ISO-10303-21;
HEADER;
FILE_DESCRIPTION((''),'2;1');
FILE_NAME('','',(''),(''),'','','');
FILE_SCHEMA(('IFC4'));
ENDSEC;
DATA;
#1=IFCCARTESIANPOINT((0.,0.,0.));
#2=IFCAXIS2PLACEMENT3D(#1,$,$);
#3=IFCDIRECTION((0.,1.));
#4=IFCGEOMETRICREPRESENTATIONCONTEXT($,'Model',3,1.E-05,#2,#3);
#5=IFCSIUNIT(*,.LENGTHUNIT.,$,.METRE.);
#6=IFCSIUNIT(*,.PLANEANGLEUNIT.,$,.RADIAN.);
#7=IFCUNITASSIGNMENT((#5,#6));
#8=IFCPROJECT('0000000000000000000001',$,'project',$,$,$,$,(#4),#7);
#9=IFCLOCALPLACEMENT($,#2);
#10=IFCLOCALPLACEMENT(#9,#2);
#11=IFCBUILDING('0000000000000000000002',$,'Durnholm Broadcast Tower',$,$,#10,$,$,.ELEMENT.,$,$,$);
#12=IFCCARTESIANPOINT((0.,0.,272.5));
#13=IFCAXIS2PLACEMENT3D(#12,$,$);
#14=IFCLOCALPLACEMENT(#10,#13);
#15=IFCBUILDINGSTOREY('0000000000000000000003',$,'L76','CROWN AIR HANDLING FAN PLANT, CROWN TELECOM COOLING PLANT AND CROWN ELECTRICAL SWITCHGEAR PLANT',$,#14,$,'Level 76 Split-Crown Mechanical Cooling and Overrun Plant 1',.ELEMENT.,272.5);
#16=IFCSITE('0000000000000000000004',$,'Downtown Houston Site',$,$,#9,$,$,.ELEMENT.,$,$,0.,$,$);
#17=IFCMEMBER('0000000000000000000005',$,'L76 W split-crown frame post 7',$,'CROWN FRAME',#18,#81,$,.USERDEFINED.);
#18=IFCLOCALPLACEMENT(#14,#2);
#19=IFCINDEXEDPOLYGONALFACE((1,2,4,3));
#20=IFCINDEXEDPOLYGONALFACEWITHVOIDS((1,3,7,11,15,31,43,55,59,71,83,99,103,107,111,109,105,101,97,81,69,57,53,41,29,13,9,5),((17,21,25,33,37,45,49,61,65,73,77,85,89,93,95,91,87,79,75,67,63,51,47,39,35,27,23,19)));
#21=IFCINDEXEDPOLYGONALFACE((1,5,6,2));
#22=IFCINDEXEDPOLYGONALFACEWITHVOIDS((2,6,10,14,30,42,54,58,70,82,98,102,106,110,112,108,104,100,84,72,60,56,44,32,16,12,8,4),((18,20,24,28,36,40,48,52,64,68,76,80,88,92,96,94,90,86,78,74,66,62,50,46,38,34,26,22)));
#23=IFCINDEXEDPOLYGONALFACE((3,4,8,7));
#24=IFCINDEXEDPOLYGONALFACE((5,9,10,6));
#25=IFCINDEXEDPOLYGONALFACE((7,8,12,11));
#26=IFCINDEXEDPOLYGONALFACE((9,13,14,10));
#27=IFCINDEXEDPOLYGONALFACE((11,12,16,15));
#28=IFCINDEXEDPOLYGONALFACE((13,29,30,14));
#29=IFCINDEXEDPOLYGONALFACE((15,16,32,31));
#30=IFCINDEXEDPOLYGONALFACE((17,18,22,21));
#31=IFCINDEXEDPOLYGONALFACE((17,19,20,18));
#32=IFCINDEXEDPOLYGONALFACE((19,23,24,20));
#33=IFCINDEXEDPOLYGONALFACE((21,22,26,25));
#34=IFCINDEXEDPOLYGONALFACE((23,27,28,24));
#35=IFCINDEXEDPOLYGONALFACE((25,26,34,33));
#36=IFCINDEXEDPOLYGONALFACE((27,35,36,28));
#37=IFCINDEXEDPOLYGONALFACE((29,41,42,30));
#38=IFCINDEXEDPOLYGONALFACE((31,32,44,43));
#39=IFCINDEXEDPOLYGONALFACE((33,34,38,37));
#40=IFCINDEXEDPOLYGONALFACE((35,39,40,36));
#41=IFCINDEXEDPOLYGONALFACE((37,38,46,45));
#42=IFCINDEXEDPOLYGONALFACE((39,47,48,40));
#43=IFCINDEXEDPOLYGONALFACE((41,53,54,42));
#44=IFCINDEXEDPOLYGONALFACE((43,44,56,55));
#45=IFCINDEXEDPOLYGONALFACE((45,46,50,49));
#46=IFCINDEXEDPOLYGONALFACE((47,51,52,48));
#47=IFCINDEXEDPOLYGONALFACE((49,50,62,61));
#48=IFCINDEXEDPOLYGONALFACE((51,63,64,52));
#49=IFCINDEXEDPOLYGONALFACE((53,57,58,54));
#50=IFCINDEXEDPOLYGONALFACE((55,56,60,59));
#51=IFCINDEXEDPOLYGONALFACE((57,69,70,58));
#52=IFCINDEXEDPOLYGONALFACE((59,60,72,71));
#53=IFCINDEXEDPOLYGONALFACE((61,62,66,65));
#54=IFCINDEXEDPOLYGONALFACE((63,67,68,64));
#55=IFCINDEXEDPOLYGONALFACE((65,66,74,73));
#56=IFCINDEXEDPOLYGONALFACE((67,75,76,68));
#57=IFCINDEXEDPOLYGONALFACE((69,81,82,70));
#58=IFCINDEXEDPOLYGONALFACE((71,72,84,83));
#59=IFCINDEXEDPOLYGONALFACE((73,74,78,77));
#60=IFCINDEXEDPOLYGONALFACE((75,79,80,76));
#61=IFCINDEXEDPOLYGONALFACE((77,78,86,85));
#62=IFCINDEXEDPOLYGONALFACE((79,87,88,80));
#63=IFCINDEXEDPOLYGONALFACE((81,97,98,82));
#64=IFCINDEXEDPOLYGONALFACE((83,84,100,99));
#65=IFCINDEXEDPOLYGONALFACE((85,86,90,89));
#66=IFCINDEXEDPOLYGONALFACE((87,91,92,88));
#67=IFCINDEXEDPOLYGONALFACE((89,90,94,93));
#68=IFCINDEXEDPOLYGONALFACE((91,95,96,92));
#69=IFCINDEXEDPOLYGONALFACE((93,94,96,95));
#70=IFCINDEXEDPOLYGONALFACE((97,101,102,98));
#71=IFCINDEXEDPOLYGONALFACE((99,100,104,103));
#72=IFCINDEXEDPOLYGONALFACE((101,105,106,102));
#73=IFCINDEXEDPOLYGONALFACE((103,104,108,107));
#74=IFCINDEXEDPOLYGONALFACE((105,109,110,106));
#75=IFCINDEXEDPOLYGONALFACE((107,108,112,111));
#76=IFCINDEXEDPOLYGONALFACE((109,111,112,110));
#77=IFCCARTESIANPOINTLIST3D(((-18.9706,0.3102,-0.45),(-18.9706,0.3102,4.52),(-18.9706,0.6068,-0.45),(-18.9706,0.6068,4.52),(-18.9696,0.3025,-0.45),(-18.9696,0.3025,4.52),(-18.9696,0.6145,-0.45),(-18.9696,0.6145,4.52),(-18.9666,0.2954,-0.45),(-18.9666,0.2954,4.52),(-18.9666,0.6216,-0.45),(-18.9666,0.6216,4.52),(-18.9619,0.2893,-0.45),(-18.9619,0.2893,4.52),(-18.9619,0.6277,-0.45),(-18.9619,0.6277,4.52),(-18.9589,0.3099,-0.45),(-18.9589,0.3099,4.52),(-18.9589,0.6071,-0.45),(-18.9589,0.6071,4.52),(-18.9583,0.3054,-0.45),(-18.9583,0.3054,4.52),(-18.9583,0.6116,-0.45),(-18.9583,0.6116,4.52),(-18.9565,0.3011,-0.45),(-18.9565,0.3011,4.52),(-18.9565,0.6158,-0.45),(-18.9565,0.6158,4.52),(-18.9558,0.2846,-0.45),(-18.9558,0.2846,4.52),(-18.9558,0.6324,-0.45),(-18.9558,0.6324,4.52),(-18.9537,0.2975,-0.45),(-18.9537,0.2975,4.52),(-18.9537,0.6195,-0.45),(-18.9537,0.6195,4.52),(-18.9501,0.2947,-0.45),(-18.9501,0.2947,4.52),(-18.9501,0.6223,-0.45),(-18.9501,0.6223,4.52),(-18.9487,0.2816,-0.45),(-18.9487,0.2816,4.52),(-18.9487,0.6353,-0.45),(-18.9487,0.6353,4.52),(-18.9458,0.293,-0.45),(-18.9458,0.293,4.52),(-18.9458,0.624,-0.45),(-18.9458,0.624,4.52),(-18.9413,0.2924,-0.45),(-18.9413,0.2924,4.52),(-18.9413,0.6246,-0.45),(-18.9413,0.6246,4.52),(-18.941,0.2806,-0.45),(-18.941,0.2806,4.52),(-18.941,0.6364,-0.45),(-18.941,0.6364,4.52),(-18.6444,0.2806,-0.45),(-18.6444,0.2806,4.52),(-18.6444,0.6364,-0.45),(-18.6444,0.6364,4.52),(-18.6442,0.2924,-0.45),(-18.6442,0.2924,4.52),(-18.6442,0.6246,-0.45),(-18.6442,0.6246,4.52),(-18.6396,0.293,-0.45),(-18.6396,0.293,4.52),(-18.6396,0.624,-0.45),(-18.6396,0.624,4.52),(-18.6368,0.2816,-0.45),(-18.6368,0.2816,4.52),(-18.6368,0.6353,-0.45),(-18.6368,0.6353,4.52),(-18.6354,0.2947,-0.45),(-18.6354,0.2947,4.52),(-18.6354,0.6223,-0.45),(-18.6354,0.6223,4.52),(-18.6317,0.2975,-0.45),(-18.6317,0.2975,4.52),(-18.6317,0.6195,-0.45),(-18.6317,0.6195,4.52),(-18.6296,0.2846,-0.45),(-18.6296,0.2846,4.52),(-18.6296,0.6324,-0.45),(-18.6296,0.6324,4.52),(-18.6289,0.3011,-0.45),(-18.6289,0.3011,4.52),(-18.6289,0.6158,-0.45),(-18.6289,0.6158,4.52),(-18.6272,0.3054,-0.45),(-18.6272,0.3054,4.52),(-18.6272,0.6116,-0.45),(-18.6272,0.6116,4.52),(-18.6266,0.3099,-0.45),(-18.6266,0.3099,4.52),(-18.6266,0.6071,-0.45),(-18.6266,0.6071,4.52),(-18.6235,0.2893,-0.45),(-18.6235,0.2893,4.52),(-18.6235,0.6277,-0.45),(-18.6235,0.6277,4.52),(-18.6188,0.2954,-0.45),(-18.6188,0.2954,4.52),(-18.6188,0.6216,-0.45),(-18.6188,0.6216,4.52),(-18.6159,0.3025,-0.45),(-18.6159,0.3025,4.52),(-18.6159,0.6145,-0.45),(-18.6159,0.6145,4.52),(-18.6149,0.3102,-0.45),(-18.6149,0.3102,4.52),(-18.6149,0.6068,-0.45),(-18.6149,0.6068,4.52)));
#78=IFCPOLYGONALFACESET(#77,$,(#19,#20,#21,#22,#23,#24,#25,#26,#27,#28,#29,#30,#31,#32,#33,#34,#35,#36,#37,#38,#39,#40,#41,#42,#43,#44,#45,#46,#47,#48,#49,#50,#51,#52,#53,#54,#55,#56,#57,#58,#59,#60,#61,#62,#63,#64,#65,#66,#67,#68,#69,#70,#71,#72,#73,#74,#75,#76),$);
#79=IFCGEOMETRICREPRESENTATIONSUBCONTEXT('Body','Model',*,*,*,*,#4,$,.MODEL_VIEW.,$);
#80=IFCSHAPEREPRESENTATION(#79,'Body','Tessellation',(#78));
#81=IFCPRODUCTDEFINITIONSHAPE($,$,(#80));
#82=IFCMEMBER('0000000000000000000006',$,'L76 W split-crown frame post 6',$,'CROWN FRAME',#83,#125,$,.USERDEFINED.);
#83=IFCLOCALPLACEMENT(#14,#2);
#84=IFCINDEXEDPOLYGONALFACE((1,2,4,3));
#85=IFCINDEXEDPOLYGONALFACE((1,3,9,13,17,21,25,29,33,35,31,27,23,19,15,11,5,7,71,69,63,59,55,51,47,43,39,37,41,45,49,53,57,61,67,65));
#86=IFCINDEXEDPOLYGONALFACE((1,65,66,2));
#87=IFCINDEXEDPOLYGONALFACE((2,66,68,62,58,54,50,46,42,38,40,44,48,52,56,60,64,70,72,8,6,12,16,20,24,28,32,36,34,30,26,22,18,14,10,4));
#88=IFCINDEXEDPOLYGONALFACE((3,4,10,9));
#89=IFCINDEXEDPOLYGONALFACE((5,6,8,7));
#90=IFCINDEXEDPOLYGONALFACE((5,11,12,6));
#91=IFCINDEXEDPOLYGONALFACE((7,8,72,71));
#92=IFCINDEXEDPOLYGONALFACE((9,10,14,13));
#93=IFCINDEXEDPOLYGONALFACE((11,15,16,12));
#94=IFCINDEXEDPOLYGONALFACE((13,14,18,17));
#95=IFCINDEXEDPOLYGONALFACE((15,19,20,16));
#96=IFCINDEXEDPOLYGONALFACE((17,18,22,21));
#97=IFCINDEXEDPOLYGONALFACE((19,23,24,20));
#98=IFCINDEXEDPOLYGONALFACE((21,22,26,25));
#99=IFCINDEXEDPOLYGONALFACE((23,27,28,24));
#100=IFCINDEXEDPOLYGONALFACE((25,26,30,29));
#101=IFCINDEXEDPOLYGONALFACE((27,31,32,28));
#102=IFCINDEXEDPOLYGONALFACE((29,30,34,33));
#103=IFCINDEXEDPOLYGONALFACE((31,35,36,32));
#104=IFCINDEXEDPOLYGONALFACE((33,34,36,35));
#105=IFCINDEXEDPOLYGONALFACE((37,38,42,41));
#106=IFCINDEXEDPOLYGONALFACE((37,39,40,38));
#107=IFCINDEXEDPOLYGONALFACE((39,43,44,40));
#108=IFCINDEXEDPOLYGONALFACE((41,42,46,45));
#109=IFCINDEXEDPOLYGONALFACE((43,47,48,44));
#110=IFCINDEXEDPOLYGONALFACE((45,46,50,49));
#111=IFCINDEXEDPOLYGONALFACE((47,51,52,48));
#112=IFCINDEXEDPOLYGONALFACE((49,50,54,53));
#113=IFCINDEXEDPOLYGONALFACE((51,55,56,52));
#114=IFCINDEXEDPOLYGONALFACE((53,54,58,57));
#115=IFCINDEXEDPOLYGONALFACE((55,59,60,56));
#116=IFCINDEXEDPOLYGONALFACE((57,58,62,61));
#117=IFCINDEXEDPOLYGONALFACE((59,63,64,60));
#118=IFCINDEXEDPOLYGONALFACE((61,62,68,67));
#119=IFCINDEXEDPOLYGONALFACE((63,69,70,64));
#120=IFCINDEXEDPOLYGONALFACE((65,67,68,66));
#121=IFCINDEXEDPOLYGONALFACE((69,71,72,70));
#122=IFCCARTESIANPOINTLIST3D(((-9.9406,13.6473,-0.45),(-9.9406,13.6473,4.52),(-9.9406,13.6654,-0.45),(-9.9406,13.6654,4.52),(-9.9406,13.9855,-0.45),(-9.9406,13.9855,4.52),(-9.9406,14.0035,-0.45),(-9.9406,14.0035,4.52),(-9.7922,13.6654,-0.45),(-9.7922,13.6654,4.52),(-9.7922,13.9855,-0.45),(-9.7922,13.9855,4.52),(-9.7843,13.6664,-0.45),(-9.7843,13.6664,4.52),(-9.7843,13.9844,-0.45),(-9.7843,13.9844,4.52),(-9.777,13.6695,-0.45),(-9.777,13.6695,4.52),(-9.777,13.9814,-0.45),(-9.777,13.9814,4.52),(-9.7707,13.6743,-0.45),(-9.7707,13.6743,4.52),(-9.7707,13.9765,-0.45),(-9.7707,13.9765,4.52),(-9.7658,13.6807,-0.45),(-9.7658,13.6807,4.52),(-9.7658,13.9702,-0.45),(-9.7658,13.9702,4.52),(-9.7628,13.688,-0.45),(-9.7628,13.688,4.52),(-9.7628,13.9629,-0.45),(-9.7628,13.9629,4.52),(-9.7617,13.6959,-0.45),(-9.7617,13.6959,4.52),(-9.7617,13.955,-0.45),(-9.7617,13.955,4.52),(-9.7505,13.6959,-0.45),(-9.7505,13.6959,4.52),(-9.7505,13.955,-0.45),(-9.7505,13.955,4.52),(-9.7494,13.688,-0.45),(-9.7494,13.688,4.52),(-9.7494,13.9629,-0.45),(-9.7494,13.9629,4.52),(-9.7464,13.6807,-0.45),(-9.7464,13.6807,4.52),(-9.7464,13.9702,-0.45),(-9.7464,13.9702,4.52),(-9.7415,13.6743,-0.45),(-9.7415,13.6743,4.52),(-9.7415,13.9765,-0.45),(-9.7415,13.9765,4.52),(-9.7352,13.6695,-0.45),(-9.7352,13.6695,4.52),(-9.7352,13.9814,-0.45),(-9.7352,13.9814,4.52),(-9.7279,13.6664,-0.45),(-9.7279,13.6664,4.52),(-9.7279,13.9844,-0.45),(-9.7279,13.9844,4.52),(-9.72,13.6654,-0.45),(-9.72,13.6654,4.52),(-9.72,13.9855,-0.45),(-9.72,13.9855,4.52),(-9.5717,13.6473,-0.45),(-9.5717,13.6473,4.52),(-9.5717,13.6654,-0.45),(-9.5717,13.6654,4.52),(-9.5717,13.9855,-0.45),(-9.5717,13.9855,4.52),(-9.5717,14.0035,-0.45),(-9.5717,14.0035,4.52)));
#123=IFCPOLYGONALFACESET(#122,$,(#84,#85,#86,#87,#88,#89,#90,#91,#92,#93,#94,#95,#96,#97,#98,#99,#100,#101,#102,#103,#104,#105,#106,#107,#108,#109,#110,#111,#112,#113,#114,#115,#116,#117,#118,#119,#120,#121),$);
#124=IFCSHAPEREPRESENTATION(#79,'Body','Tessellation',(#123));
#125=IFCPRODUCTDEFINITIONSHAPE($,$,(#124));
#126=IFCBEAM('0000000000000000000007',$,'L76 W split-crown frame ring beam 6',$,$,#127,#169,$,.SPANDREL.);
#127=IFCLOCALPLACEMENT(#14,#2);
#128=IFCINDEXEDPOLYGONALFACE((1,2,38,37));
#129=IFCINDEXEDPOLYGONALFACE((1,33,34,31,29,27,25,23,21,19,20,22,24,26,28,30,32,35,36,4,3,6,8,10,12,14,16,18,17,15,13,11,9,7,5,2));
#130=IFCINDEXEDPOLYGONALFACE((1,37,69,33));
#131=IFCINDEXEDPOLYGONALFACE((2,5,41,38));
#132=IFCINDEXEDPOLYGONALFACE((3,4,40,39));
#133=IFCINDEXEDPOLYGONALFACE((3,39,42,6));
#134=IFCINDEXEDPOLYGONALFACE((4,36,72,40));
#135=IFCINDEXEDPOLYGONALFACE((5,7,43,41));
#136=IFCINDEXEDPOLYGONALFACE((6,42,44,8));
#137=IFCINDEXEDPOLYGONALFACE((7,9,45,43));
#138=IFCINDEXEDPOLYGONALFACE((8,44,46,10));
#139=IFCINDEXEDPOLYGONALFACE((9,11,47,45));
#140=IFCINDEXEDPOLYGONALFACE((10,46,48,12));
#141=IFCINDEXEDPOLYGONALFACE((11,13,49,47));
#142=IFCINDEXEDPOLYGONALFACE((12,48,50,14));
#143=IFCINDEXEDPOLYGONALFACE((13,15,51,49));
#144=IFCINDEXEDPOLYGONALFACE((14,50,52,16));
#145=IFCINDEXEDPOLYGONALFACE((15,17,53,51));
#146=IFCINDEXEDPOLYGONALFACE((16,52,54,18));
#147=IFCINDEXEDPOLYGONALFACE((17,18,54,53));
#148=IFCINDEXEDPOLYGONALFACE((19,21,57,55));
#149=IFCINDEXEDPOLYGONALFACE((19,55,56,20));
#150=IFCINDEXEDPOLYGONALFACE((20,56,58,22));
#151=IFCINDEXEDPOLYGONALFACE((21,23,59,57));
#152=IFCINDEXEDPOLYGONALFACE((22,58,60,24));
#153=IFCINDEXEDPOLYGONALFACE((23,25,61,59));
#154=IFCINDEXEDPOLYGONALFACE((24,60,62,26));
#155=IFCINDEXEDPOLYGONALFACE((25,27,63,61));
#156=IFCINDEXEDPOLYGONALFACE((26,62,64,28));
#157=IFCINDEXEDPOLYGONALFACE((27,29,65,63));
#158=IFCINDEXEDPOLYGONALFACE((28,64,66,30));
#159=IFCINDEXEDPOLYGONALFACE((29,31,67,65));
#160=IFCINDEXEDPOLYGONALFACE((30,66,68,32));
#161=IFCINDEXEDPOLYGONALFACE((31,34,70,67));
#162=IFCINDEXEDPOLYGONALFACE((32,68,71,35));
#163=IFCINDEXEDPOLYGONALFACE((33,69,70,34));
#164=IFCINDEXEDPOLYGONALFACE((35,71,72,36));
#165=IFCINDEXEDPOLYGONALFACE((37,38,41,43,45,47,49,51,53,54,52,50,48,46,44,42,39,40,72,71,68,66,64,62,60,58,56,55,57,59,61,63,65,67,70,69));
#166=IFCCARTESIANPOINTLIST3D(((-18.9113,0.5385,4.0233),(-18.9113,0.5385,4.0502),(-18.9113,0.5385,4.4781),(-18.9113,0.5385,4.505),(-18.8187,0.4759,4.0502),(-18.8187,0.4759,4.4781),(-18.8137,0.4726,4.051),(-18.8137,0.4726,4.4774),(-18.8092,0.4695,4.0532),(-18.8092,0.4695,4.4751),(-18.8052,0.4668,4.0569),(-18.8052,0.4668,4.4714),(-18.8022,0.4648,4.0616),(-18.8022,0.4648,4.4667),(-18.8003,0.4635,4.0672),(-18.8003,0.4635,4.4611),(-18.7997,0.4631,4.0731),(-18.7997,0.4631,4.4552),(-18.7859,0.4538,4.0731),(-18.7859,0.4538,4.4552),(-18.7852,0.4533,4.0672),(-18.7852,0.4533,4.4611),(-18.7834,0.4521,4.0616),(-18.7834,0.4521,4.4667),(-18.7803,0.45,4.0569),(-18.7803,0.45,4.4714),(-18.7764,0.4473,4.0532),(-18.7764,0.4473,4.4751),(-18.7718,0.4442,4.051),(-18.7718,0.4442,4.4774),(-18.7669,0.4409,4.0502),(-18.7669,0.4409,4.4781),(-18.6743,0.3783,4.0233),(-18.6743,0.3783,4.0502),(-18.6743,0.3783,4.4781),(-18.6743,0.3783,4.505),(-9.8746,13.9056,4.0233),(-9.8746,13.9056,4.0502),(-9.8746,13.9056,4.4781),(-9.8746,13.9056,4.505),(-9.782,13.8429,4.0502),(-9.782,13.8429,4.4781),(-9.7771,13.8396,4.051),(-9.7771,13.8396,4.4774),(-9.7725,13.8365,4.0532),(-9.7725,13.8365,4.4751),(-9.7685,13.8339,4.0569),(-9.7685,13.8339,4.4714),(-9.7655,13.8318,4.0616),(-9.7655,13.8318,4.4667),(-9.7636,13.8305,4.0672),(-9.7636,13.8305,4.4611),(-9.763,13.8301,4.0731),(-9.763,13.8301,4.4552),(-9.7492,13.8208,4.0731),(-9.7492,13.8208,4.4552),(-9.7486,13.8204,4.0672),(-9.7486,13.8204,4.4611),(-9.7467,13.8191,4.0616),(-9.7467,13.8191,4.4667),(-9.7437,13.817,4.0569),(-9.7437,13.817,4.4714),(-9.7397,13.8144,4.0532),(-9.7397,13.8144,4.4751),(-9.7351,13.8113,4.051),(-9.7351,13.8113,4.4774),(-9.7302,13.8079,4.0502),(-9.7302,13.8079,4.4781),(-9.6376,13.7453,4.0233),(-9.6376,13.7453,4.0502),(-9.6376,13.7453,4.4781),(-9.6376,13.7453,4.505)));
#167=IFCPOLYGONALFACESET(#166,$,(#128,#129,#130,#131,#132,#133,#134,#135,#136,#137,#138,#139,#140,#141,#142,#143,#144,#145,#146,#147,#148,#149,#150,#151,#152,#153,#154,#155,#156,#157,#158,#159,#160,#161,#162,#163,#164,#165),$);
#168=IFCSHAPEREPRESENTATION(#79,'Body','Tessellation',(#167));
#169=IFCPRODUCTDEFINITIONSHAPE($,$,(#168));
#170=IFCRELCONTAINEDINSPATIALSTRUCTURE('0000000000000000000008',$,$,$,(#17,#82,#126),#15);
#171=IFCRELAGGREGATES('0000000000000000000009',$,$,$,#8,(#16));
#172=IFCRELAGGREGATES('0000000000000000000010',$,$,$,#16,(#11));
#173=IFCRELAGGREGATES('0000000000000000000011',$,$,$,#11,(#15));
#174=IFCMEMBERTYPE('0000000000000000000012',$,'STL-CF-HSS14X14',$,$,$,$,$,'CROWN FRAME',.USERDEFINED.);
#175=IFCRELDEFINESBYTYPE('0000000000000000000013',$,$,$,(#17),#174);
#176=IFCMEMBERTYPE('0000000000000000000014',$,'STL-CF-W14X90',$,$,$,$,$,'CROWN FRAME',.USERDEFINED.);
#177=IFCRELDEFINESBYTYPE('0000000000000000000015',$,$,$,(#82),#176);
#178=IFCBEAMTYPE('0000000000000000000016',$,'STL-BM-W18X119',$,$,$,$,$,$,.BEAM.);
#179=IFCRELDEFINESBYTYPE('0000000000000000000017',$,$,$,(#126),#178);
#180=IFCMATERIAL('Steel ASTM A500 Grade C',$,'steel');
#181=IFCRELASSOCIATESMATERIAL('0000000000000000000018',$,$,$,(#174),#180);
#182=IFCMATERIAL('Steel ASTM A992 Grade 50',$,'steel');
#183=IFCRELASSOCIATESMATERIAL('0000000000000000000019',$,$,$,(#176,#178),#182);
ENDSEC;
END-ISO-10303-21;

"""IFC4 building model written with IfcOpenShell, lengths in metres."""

from ifc_helpers import new_model, si_unit, direction, frame, origin, origin_2d, place, context, subcontext, project, spatial, hollow_rectangle, i_section, extrude, source, transform, mapped, material, material_profile, profile_set, type_object, type_shapes, element, save


model = new_model("IFC4")

# Units and contexts
model_context = context("Model", 3, precision=1e-05, world=origin(), true_north=direction((0.0, 1.0)))
body_context = subcontext(model_context, "Body", "Model", "MODEL_VIEW")
ifc_project = project(units=[si_unit("LENGTHUNIT", "METRE"), si_unit("PLANEANGLEUNIT", "RADIAN")], contexts=[model_context])

# Site, building, storey
site_placement = place(None, origin())
site = spatial("IfcSite", under=ifc_project, at=site_placement, Name="Downtown Houston Site", CompositionType="ELEMENT", RefElevation=0.0)
building_placement = place(site_placement, origin())
building = spatial("IfcBuilding", under=site, at=building_placement, Name="Durnholm Broadcast Tower", CompositionType="ELEMENT")
storey_placement = place(building_placement, frame((0.0, 0.0, 272.5)))
storey = spatial("IfcBuildingStorey", under=building, at=storey_placement, Name="L76", Description="CROWN AIR HANDLING FAN PLANT, CROWN TELECOM COOLING PLANT AND CROWN ELECTRICAL SWITCHGEAR PLANT", LongName="Level 76 Split-Crown Mechanical Cooling and Overrun Plant 1", CompositionType="ELEMENT", Elevation=272.5)

# Shared definitions
ifc_material_1 = material(Name="Steel ASTM A500 Grade C", Category="steel")

# Shared definitions
ifc_material_2 = material(Name="Steel ASTM A992 Grade 50", Category="steel")

# Members
ifc_material_profile_1 = material_profile(ifc_material_1, hollow_rectangle(XDim=0.3557, YDim=0.3557, WallThickness=0.0117, InnerFilletRadius=0.0176, OuterFilletRadius=0.0295, at=origin_2d()), Name="HSS14X14X1/2")
ifc_profile_set_1 = profile_set([ifc_material_profile_1], Name="Steel ASTM A500 Grade C")
member_type_1 = type_object("IfcMemberType", Name="STL-CF-HSS14X14", ElementType="CROWN FRAME", PredefinedType="USERDEFINED", material=ifc_profile_set_1)
shared_shape_1 = source(origin(), body_context, "Body", "SweptSolid", [
    extrude(hollow_rectangle(XDim=0.3557, YDim=0.3557, WallThickness=0.0117, InnerFilletRadius=0.0176, OuterFilletRadius=0.0295, at=origin_2d()), origin(), (0.0, 0.0, 1.0), 4.97),
])
type_shapes(member_type_1, [shared_shape_1])
member_1_placement = place(storey_placement, frame((-18.7927, 0.4585, -0.45), z_axis=(0.0, 0.0, 1.0), x_axis=(1.0, 0.0, 0.0)))
element("IfcMember", 1, at=member_1_placement, inside=storey, type_object=member_type_1, Name="L76 W split-crown frame post 7", ObjectType="CROWN FRAME", PredefinedType="USERDEFINED", context=body_context, shape_type="MappedRepresentation", body=[
    mapped(shared_shape_1, transform((0.0, 0.0, 0.0), x_axis=(1.0, 0.0, 0.0), y_axis=(0.0, 1.0, 0.0), z_axis=(0.0, 0.0, 1.0), scale=1.0)),
])
ifc_material_profile_2 = material_profile(ifc_material_2, i_section(OverallWidth=0.3689, OverallDepth=0.3562, WebThickness=0.0112, FlangeThickness=0.0181, FilletRadius=0.0305, at=origin_2d()), Name="W14X90")
ifc_profile_set_2 = profile_set([ifc_material_profile_2], Name="Steel ASTM A992 Grade 50")
member_type_2 = type_object("IfcMemberType", Name="STL-CF-W14X90", ElementType="CROWN FRAME", PredefinedType="USERDEFINED", material=ifc_profile_set_2)
shared_shape_2 = source(origin(), body_context, "Body", "SweptSolid", [
    extrude(i_section(OverallWidth=0.3689, OverallDepth=0.3562, WebThickness=0.0112, FlangeThickness=0.0181, FilletRadius=0.0305, at=origin_2d()), origin(), (0.0, 0.0, 1.0), 4.97),
])
type_shapes(member_type_2, [shared_shape_2])
member_2_placement = place(storey_placement, frame((-9.7561, 13.8254, -0.45), z_axis=(0.0, 0.0, 1.0), x_axis=(1.0, 0.0, 0.0)))
element("IfcMember", 2, at=member_2_placement, inside=storey, type_object=member_type_2, Name="L76 W split-crown frame post 6", ObjectType="CROWN FRAME", PredefinedType="USERDEFINED", context=body_context, shape_type="MappedRepresentation", body=[
    mapped(shared_shape_2, transform((0.0, 0.0, 0.0), x_axis=(1.0, 0.0, 0.0), y_axis=(0.0, 1.0, 0.0), z_axis=(0.0, 0.0, 1.0), scale=1.0)),
])

# Beam
ifc_material_profile_3 = material_profile(ifc_material_2, i_section(OverallWidth=0.2861, OverallDepth=0.4817, WebThickness=0.0166, FlangeThickness=0.0269, FilletRadius=0.0229, at=origin_2d()), Name="W18X119")
ifc_profile_set_3 = profile_set([ifc_material_profile_3], Name="Steel ASTM A992 Grade 50")
beam_type_1 = type_object("IfcBeamType", Name="STL-BM-W18X119", PredefinedType="BEAM", material=ifc_profile_set_3)
shared_shape_3 = source(origin(), body_context, "Body", "SweptSolid", [
    extrude(i_section(OverallWidth=0.2861, OverallDepth=0.4817, WebThickness=0.0166, FlangeThickness=0.0269, FilletRadius=0.0229, at=origin_2d()), origin(), (0.0, 0.0, 1.0), 16.135),
])
beam_1_placement = place(storey_placement, frame((-9.7561, 13.8254, 4.2642), z_axis=(-0.560066, -0.828448, 0.0), x_axis=(0.828448, -0.560066, 0.0)))
element("IfcBeam", 3, at=beam_1_placement, inside=storey, type_object=beam_type_1, Name="L76 W split-crown frame ring beam 6", PredefinedType="SPANDREL", context=body_context, shape_type="MappedRepresentation", body=[
    mapped(shared_shape_3, transform((0.0, 0.0, 0.0), x_axis=(1.0, 0.0, 0.0), y_axis=(0.0, 1.0, 0.0), z_axis=(0.0, 0.0, 1.0), scale=1.0)),
])

save(model, "model.ifc")
